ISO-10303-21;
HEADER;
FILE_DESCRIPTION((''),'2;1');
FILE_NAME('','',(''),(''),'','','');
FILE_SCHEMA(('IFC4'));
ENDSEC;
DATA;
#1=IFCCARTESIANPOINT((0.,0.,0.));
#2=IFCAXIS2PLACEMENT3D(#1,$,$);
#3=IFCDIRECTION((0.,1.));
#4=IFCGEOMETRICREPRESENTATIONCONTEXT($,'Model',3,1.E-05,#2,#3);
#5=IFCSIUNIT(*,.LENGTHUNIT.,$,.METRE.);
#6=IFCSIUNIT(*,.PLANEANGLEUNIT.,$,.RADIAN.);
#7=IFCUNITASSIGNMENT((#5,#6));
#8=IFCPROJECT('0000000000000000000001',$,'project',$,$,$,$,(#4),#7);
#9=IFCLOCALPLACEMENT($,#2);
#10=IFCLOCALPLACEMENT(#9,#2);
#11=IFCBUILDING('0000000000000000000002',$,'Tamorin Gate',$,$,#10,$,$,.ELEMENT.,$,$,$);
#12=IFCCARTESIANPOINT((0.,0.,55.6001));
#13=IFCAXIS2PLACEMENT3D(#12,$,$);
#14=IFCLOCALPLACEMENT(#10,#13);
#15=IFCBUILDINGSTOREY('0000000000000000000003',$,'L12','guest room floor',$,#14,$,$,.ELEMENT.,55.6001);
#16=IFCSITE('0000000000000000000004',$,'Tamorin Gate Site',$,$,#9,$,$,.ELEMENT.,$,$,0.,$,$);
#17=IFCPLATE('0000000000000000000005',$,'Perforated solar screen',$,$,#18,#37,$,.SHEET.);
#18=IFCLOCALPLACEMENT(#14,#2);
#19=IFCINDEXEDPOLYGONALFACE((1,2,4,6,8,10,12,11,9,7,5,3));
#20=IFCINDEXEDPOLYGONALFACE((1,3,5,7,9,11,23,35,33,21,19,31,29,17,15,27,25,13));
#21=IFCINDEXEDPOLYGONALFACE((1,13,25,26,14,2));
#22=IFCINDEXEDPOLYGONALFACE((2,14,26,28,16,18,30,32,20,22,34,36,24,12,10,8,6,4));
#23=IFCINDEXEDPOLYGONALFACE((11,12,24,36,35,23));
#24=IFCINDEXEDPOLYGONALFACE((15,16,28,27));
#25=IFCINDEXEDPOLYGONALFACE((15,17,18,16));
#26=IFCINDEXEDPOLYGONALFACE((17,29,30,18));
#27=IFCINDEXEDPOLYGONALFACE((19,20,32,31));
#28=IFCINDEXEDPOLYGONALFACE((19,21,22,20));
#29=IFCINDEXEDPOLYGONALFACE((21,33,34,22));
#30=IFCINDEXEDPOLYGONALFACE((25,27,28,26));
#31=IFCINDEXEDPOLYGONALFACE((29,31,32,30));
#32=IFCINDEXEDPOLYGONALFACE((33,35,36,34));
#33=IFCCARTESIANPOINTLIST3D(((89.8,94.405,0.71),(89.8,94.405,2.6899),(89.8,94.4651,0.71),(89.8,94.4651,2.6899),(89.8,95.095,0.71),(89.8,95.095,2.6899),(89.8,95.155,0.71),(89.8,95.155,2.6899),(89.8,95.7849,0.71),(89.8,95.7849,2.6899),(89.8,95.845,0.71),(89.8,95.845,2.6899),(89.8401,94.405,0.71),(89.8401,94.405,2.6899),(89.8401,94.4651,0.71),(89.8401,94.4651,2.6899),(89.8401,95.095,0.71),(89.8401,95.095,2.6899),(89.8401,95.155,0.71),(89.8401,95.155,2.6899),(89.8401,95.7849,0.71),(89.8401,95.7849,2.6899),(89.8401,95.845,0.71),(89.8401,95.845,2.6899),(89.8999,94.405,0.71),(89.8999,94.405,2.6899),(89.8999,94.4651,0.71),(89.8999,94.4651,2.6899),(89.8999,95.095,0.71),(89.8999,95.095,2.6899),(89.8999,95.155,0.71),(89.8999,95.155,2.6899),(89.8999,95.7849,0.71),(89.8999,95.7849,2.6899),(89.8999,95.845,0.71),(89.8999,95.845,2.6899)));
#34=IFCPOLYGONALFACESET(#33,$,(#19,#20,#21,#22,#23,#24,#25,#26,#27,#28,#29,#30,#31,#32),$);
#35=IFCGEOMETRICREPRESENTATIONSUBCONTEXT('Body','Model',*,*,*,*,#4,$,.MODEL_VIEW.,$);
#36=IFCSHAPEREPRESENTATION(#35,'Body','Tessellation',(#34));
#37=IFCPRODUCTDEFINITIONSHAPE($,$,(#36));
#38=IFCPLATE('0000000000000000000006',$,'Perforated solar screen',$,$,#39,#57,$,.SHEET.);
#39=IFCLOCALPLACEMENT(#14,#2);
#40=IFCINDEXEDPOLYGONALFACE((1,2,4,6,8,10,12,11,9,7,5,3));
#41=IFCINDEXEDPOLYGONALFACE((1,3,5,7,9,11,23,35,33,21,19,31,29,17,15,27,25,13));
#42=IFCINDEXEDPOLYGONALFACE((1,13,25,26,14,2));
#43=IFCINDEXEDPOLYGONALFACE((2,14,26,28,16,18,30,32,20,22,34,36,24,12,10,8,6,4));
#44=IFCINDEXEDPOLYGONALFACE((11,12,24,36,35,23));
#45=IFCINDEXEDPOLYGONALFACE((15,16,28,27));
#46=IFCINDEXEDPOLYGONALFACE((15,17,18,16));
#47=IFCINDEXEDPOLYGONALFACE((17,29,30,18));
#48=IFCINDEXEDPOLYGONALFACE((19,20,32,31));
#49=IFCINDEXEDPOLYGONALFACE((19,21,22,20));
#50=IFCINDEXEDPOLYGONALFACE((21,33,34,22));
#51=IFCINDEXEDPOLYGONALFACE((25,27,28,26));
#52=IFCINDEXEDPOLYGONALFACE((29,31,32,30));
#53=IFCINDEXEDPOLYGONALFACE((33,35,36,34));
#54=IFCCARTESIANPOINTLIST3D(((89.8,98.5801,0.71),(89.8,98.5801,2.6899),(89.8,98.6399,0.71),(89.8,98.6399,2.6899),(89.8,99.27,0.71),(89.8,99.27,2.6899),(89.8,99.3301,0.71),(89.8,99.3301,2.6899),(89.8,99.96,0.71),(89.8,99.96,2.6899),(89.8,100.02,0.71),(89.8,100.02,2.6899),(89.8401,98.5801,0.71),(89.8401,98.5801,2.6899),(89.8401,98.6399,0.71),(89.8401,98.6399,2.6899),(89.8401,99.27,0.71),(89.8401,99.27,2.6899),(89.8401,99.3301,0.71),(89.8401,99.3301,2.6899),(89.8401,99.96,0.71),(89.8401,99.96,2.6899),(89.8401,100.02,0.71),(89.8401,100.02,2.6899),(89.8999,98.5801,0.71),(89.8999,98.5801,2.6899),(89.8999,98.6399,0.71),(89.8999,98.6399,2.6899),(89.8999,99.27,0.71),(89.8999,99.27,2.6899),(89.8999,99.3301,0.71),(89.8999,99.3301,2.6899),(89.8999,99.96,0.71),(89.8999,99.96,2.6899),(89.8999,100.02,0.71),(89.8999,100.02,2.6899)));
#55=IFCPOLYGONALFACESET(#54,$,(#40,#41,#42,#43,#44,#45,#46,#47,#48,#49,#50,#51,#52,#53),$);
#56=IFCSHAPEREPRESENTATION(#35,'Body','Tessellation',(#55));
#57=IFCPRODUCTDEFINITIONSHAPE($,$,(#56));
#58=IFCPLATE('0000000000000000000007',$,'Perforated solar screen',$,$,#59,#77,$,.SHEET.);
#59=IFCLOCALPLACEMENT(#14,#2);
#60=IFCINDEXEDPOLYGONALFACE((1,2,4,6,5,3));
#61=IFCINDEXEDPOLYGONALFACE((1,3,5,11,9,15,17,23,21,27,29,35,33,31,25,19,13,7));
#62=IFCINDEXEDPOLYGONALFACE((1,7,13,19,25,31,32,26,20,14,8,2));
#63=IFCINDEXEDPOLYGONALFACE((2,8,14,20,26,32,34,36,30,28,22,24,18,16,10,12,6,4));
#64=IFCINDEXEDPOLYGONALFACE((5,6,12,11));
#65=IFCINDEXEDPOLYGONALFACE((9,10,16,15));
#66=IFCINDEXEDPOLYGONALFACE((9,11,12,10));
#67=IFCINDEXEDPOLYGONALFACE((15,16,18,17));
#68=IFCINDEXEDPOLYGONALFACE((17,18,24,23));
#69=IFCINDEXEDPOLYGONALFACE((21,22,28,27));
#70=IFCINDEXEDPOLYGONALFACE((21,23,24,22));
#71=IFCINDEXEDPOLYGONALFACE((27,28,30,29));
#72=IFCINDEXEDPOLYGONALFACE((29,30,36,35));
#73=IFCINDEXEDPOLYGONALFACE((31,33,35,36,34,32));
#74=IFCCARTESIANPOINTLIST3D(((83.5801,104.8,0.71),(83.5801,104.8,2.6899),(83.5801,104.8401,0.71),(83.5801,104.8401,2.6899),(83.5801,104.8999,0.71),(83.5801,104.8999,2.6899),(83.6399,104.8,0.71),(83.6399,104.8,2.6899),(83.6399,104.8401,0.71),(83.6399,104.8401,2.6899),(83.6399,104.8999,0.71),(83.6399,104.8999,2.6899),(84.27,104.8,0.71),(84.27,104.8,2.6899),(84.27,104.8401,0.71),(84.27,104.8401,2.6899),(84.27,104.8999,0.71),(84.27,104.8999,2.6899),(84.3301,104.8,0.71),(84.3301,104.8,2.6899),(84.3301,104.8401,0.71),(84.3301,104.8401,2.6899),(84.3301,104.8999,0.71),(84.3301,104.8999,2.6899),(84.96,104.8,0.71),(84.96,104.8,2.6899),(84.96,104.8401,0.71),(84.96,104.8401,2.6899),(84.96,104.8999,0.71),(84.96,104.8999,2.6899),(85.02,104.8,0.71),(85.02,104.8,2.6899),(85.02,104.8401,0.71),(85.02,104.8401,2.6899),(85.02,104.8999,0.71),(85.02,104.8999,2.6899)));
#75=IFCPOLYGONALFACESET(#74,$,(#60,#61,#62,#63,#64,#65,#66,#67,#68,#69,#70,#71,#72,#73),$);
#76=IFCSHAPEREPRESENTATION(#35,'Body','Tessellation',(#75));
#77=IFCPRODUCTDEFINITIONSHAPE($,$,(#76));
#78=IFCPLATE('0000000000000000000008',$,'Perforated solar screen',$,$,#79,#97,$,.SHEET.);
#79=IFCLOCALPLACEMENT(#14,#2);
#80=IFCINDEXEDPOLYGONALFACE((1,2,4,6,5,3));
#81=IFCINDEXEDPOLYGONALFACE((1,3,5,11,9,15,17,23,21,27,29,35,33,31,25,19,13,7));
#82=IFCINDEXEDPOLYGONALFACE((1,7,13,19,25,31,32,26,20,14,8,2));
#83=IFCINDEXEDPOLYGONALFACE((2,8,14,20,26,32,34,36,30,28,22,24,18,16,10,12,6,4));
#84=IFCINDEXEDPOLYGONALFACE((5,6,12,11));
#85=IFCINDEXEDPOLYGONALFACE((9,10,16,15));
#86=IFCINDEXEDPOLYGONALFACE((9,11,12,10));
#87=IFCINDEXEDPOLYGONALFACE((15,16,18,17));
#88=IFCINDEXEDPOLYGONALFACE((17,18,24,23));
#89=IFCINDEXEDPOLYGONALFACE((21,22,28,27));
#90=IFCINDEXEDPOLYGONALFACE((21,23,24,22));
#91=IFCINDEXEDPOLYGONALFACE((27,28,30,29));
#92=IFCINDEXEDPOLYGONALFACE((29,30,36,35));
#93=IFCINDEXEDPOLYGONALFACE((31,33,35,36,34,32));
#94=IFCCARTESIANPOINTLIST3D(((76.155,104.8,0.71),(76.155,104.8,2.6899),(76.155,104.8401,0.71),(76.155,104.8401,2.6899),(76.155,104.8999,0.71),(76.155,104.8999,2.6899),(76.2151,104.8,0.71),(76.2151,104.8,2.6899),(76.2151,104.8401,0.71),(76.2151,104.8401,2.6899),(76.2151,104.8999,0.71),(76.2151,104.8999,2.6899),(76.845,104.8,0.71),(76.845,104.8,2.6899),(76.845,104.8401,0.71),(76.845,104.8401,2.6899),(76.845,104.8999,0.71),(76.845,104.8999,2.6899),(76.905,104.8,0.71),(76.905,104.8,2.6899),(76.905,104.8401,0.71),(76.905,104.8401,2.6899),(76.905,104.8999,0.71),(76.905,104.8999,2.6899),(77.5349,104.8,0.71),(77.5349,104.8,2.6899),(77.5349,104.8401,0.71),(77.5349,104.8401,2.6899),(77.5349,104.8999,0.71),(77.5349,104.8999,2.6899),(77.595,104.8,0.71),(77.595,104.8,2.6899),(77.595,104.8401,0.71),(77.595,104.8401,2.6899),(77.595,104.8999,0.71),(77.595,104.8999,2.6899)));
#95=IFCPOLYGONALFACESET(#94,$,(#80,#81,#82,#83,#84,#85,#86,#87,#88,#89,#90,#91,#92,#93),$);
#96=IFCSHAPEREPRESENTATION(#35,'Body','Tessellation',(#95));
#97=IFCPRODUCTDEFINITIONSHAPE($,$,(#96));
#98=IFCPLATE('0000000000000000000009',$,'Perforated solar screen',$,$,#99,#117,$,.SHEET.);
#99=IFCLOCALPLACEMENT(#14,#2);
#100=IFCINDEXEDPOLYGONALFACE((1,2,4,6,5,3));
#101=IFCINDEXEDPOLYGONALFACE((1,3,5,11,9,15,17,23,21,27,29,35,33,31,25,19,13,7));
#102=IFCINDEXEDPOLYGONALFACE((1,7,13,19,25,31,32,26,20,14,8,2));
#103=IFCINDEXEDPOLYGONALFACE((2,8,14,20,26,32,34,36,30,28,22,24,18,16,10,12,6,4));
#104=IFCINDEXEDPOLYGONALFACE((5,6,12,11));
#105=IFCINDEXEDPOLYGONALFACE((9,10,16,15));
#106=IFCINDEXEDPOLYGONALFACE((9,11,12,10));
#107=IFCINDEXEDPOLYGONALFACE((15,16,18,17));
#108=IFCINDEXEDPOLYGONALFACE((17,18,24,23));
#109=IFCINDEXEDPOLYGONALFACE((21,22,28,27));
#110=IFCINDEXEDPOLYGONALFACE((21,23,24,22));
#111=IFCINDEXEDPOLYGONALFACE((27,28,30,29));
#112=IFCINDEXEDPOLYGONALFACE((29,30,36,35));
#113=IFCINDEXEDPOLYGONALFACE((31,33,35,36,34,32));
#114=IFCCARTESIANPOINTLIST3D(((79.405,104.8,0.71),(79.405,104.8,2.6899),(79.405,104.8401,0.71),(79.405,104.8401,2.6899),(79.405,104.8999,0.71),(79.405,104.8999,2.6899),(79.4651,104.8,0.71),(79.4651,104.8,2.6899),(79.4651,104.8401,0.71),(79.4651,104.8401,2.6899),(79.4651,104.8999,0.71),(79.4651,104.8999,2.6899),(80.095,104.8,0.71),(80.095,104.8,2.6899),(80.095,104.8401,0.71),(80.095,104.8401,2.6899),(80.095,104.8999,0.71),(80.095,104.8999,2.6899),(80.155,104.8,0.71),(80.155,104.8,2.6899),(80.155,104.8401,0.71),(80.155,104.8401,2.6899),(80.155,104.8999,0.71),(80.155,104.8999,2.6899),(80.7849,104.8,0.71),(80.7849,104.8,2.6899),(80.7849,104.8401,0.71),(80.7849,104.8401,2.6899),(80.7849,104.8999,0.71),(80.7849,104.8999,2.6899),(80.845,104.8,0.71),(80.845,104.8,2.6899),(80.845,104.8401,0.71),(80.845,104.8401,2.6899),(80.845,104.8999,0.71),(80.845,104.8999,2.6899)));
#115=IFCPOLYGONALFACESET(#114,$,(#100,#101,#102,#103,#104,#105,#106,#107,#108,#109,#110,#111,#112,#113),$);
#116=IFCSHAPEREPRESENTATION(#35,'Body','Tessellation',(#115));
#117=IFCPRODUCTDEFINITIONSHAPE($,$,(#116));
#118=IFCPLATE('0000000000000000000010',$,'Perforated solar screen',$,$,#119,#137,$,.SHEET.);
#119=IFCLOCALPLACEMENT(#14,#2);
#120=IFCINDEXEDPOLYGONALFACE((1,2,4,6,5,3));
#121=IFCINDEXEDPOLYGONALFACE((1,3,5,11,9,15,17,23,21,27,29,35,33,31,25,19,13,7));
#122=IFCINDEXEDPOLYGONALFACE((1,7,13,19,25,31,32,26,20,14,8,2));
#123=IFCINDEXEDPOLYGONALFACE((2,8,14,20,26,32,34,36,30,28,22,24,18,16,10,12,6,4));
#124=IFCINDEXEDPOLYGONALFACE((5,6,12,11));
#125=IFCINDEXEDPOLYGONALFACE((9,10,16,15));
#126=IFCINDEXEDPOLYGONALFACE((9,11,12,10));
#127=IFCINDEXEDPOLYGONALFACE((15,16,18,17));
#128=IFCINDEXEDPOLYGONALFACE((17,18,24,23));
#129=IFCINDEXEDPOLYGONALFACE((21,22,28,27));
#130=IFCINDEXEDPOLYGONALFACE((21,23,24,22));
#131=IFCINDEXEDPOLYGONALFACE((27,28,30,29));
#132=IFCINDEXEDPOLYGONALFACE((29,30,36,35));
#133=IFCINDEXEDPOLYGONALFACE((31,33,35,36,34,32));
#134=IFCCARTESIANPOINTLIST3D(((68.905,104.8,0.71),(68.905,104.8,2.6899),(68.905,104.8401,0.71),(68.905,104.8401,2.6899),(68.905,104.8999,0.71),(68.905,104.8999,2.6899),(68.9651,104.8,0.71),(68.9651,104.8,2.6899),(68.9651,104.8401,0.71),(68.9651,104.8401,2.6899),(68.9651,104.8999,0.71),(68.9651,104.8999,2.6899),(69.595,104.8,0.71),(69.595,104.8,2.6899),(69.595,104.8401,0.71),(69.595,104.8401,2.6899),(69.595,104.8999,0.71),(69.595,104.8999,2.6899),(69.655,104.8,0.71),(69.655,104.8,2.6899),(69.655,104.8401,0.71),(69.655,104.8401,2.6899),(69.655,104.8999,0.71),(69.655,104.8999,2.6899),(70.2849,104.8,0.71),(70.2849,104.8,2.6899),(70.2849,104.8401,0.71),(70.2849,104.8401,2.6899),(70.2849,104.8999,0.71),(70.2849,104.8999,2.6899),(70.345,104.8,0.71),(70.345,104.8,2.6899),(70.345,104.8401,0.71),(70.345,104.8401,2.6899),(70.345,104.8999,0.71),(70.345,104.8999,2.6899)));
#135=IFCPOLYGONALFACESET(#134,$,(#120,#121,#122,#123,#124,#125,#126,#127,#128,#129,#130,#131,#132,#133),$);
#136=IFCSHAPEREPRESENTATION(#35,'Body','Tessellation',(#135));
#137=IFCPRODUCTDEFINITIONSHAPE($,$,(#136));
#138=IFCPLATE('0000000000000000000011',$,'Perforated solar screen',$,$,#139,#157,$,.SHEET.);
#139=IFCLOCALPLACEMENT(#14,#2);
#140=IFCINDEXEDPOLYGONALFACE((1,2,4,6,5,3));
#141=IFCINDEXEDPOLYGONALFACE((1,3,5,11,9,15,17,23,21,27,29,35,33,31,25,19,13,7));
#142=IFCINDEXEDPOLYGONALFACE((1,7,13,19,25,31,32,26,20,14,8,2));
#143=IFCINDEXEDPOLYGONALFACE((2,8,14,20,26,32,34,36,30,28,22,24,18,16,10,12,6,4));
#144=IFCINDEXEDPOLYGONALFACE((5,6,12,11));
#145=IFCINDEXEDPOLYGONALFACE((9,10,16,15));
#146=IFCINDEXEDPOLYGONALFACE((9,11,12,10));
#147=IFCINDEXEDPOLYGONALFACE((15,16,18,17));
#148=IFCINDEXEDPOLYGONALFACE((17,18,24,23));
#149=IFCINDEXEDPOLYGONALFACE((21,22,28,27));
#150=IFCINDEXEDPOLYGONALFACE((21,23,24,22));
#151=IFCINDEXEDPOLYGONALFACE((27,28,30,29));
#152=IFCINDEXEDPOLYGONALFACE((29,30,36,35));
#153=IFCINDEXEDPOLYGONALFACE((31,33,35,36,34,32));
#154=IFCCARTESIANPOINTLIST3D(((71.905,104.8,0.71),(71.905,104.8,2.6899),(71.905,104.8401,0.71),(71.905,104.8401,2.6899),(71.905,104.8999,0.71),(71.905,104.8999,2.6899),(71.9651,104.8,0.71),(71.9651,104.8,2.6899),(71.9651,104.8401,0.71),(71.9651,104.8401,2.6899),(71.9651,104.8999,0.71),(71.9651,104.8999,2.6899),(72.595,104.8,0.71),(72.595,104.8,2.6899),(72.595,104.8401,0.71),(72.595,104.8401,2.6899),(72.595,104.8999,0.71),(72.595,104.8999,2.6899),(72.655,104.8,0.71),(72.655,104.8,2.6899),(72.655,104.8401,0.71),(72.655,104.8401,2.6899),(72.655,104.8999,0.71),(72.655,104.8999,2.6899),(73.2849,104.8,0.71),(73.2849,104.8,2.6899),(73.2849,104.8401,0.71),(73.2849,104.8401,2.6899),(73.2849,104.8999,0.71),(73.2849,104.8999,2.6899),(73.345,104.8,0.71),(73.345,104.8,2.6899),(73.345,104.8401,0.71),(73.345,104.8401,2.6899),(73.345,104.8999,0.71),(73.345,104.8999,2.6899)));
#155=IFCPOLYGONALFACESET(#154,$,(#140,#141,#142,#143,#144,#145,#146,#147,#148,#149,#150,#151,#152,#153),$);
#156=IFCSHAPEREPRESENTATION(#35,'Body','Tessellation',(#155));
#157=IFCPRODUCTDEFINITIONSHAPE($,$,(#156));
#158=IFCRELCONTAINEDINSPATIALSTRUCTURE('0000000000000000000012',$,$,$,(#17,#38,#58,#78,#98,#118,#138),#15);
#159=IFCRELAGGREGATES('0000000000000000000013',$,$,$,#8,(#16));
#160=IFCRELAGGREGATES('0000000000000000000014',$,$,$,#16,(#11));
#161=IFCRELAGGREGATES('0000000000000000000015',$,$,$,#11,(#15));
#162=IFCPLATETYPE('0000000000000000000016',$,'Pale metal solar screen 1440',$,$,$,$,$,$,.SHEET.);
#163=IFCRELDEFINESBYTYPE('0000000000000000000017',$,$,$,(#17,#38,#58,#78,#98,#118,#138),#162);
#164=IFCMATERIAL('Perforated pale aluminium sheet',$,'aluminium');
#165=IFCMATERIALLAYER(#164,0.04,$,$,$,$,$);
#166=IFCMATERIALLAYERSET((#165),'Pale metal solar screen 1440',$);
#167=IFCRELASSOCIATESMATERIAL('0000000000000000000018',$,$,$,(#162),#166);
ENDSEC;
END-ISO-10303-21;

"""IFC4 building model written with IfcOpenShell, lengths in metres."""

from ifc_helpers import new_model, si_unit, direction, frame, origin, place, context, subcontext, project, spatial, polyline, outline, extrude, material, layer, layer_set, type_object, element, save


model = new_model("IFC4")

# Units and contexts
model_context = context("Model", 3, precision=1e-05, world=origin(), true_north=direction((0.0, 1.0)))
body_context = subcontext(model_context, "Body", "Model", "MODEL_VIEW")
ifc_project = project(units=[si_unit("LENGTHUNIT", "METRE"), si_unit("PLANEANGLEUNIT", "RADIAN")], contexts=[model_context])

# Site, building, storey
site_placement = place(None, origin())
site = spatial("IfcSite", under=ifc_project, at=site_placement, Name="Tamorin Gate Site", CompositionType="ELEMENT", RefElevation=0.0)
building_placement = place(site_placement, origin())
building = spatial("IfcBuilding", under=site, at=building_placement, Name="Tamorin Gate", CompositionType="ELEMENT")
storey_placement = place(building_placement, frame((0.0, 0.0, 55.6001)))
storey = spatial("IfcBuildingStorey", under=building, at=storey_placement, Name="L12", Description="guest room floor", CompositionType="ELEMENT", Elevation=55.6001)

# Plates
ifc_material = material(Name="Perforated pale aluminium sheet", Category="aluminium")
ifc_layer = layer(ifc_material, 0.04)
ifc_layer_set = layer_set([ifc_layer], Name="Pale metal solar screen 1440")
plate_type = type_object("IfcPlateType", Name="Pale metal solar screen 1440", PredefinedType="SHEET", material=ifc_layer_set)
plate_1_placement = place(storey_placement, frame((0.0, 0.0, 0.71)))
element("IfcPlate", 1, at=plate_1_placement, inside=storey, type_object=plate_type, Name="Perforated solar screen", PredefinedType="SHEET", context=body_context, shape_type="SweptSolid", body=[
    extrude(outline(polyline([(89.8401, 94.405), (89.8, 94.405), (89.8, 94.4651), (89.8, 95.095), (89.8, 95.155), (89.8, 95.7849), (89.8, 95.845), (89.8401, 95.845), (89.8999, 95.845), (89.8999, 95.7849), (89.8401, 95.7849), (89.8401, 95.155), (89.8999, 95.155), (89.8999, 95.095), (89.8401, 95.095), (89.8401, 94.4651), (89.8999, 94.4651), (89.8999, 94.405), (89.8401, 94.405)])), origin(), (0.0, 0.0, 1.0), 1.98),
])
plate_2_placement = place(storey_placement, frame((0.0, 0.0, 0.71)))
element("IfcPlate", 2, at=plate_2_placement, inside=storey, type_object=plate_type, Name="Perforated solar screen", PredefinedType="SHEET", context=body_context, shape_type="SweptSolid", body=[
    extrude(outline(polyline([(89.8401, 98.5801), (89.8, 98.5801), (89.8, 98.6399), (89.8, 99.27), (89.8, 99.3301), (89.8, 99.96), (89.8, 100.02), (89.8401, 100.02), (89.8999, 100.02), (89.8999, 99.96), (89.8401, 99.96), (89.8401, 99.3301), (89.8999, 99.3301), (89.8999, 99.27), (89.8401, 99.27), (89.8401, 98.6399), (89.8999, 98.6399), (89.8999, 98.5801), (89.8401, 98.5801)])), origin(), (0.0, 0.0, 1.0), 1.98),
])
plate_3_placement = place(storey_placement, frame((0.0, 0.0, 0.71)))
element("IfcPlate", 3, at=plate_3_placement, inside=storey, type_object=plate_type, Name="Perforated solar screen", PredefinedType="SHEET", context=body_context, shape_type="SweptSolid", body=[
    extrude(outline(polyline([(85.02, 104.8401), (85.02, 104.8), (84.96, 104.8), (84.3301, 104.8), (84.27, 104.8), (83.6399, 104.8), (83.5801, 104.8), (83.5801, 104.8401), (83.5801, 104.8999), (83.6399, 104.8999), (83.6399, 104.8401), (84.27, 104.8401), (84.27, 104.8999), (84.3301, 104.8999), (84.3301, 104.8401), (84.96, 104.8401), (84.96, 104.8999), (85.02, 104.8999), (85.02, 104.8401)])), origin(), (0.0, 0.0, 1.0), 1.98),
])
plate_4_placement = place(storey_placement, frame((0.0, 0.0, 0.71)))
element("IfcPlate", 4, at=plate_4_placement, inside=storey, type_object=plate_type, Name="Perforated solar screen", PredefinedType="SHEET", context=body_context, shape_type="SweptSolid", body=[
    extrude(outline(polyline([(77.595, 104.8401), (77.595, 104.8), (77.5349, 104.8), (76.905, 104.8), (76.845, 104.8), (76.2151, 104.8), (76.155, 104.8), (76.155, 104.8401), (76.155, 104.8999), (76.2151, 104.8999), (76.2151, 104.8401), (76.845, 104.8401), (76.845, 104.8999), (76.905, 104.8999), (76.905, 104.8401), (77.5349, 104.8401), (77.5349, 104.8999), (77.595, 104.8999), (77.595, 104.8401)])), origin(), (0.0, 0.0, 1.0), 1.98),
])
plate_5_placement = place(storey_placement, frame((0.0, 0.0, 0.71)))
element("IfcPlate", 5, at=plate_5_placement, inside=storey, type_object=plate_type, Name="Perforated solar screen", PredefinedType="SHEET", context=body_context, shape_type="SweptSolid", body=[
    extrude(outline(polyline([(80.845, 104.8401), (80.845, 104.8), (80.7849, 104.8), (80.155, 104.8), (80.095, 104.8), (79.4651, 104.8), (79.405, 104.8), (79.405, 104.8), (79.405, 104.8401), (79.405, 104.8401), (79.405, 104.8999), (79.4651, 104.8999), (79.4651, 104.8401), (80.095, 104.8401), (80.095, 104.8999), (80.155, 104.8999), (80.155, 104.8401), (80.7849, 104.8401), (80.7849, 104.8999), (80.845, 104.8999), (80.845, 104.8401)])), origin(), (0.0, 0.0, 1.0), 1.98),
])
plate_6_placement = place(storey_placement, frame((0.0, 0.0, 0.71)))
element("IfcPlate", 6, at=plate_6_placement, inside=storey, type_object=plate_type, Name="Perforated solar screen", PredefinedType="SHEET", context=body_context, shape_type="SweptSolid", body=[
    extrude(outline(polyline([(70.345, 104.8401), (70.345, 104.8), (70.2849, 104.8), (69.655, 104.8), (69.595, 104.8), (68.9651, 104.8), (68.905, 104.8), (68.905, 104.8401), (68.905, 104.8999), (68.9651, 104.8999), (68.9651, 104.8401), (69.595, 104.8401), (69.595, 104.8999), (69.655, 104.8999), (69.655, 104.8401), (70.2849, 104.8401), (70.2849, 104.8999), (70.345, 104.8999), (70.345, 104.8401)])), origin(), (0.0, 0.0, 1.0), 1.98),
])
plate_7_placement = place(storey_placement, frame((0.0, 0.0, 0.71)))
element("IfcPlate", 7, at=plate_7_placement, inside=storey, type_object=plate_type, Name="Perforated solar screen", PredefinedType="SHEET", context=body_context, shape_type="SweptSolid", body=[
    extrude(outline(polyline([(73.345, 104.8401), (73.345, 104.8), (73.2849, 104.8), (72.655, 104.8), (72.595, 104.8), (71.9651, 104.8), (71.905, 104.8), (71.905, 104.8401), (71.905, 104.8999), (71.9651, 104.8999), (71.9651, 104.8401), (72.595, 104.8401), (72.595, 104.8999), (72.655, 104.8999), (72.655, 104.8401), (73.2849, 104.8401), (73.2849, 104.8999), (73.345, 104.8999), (73.345, 104.8401)])), origin(), (0.0, 0.0, 1.0), 1.98),
])

save(model, "model.ifc")
